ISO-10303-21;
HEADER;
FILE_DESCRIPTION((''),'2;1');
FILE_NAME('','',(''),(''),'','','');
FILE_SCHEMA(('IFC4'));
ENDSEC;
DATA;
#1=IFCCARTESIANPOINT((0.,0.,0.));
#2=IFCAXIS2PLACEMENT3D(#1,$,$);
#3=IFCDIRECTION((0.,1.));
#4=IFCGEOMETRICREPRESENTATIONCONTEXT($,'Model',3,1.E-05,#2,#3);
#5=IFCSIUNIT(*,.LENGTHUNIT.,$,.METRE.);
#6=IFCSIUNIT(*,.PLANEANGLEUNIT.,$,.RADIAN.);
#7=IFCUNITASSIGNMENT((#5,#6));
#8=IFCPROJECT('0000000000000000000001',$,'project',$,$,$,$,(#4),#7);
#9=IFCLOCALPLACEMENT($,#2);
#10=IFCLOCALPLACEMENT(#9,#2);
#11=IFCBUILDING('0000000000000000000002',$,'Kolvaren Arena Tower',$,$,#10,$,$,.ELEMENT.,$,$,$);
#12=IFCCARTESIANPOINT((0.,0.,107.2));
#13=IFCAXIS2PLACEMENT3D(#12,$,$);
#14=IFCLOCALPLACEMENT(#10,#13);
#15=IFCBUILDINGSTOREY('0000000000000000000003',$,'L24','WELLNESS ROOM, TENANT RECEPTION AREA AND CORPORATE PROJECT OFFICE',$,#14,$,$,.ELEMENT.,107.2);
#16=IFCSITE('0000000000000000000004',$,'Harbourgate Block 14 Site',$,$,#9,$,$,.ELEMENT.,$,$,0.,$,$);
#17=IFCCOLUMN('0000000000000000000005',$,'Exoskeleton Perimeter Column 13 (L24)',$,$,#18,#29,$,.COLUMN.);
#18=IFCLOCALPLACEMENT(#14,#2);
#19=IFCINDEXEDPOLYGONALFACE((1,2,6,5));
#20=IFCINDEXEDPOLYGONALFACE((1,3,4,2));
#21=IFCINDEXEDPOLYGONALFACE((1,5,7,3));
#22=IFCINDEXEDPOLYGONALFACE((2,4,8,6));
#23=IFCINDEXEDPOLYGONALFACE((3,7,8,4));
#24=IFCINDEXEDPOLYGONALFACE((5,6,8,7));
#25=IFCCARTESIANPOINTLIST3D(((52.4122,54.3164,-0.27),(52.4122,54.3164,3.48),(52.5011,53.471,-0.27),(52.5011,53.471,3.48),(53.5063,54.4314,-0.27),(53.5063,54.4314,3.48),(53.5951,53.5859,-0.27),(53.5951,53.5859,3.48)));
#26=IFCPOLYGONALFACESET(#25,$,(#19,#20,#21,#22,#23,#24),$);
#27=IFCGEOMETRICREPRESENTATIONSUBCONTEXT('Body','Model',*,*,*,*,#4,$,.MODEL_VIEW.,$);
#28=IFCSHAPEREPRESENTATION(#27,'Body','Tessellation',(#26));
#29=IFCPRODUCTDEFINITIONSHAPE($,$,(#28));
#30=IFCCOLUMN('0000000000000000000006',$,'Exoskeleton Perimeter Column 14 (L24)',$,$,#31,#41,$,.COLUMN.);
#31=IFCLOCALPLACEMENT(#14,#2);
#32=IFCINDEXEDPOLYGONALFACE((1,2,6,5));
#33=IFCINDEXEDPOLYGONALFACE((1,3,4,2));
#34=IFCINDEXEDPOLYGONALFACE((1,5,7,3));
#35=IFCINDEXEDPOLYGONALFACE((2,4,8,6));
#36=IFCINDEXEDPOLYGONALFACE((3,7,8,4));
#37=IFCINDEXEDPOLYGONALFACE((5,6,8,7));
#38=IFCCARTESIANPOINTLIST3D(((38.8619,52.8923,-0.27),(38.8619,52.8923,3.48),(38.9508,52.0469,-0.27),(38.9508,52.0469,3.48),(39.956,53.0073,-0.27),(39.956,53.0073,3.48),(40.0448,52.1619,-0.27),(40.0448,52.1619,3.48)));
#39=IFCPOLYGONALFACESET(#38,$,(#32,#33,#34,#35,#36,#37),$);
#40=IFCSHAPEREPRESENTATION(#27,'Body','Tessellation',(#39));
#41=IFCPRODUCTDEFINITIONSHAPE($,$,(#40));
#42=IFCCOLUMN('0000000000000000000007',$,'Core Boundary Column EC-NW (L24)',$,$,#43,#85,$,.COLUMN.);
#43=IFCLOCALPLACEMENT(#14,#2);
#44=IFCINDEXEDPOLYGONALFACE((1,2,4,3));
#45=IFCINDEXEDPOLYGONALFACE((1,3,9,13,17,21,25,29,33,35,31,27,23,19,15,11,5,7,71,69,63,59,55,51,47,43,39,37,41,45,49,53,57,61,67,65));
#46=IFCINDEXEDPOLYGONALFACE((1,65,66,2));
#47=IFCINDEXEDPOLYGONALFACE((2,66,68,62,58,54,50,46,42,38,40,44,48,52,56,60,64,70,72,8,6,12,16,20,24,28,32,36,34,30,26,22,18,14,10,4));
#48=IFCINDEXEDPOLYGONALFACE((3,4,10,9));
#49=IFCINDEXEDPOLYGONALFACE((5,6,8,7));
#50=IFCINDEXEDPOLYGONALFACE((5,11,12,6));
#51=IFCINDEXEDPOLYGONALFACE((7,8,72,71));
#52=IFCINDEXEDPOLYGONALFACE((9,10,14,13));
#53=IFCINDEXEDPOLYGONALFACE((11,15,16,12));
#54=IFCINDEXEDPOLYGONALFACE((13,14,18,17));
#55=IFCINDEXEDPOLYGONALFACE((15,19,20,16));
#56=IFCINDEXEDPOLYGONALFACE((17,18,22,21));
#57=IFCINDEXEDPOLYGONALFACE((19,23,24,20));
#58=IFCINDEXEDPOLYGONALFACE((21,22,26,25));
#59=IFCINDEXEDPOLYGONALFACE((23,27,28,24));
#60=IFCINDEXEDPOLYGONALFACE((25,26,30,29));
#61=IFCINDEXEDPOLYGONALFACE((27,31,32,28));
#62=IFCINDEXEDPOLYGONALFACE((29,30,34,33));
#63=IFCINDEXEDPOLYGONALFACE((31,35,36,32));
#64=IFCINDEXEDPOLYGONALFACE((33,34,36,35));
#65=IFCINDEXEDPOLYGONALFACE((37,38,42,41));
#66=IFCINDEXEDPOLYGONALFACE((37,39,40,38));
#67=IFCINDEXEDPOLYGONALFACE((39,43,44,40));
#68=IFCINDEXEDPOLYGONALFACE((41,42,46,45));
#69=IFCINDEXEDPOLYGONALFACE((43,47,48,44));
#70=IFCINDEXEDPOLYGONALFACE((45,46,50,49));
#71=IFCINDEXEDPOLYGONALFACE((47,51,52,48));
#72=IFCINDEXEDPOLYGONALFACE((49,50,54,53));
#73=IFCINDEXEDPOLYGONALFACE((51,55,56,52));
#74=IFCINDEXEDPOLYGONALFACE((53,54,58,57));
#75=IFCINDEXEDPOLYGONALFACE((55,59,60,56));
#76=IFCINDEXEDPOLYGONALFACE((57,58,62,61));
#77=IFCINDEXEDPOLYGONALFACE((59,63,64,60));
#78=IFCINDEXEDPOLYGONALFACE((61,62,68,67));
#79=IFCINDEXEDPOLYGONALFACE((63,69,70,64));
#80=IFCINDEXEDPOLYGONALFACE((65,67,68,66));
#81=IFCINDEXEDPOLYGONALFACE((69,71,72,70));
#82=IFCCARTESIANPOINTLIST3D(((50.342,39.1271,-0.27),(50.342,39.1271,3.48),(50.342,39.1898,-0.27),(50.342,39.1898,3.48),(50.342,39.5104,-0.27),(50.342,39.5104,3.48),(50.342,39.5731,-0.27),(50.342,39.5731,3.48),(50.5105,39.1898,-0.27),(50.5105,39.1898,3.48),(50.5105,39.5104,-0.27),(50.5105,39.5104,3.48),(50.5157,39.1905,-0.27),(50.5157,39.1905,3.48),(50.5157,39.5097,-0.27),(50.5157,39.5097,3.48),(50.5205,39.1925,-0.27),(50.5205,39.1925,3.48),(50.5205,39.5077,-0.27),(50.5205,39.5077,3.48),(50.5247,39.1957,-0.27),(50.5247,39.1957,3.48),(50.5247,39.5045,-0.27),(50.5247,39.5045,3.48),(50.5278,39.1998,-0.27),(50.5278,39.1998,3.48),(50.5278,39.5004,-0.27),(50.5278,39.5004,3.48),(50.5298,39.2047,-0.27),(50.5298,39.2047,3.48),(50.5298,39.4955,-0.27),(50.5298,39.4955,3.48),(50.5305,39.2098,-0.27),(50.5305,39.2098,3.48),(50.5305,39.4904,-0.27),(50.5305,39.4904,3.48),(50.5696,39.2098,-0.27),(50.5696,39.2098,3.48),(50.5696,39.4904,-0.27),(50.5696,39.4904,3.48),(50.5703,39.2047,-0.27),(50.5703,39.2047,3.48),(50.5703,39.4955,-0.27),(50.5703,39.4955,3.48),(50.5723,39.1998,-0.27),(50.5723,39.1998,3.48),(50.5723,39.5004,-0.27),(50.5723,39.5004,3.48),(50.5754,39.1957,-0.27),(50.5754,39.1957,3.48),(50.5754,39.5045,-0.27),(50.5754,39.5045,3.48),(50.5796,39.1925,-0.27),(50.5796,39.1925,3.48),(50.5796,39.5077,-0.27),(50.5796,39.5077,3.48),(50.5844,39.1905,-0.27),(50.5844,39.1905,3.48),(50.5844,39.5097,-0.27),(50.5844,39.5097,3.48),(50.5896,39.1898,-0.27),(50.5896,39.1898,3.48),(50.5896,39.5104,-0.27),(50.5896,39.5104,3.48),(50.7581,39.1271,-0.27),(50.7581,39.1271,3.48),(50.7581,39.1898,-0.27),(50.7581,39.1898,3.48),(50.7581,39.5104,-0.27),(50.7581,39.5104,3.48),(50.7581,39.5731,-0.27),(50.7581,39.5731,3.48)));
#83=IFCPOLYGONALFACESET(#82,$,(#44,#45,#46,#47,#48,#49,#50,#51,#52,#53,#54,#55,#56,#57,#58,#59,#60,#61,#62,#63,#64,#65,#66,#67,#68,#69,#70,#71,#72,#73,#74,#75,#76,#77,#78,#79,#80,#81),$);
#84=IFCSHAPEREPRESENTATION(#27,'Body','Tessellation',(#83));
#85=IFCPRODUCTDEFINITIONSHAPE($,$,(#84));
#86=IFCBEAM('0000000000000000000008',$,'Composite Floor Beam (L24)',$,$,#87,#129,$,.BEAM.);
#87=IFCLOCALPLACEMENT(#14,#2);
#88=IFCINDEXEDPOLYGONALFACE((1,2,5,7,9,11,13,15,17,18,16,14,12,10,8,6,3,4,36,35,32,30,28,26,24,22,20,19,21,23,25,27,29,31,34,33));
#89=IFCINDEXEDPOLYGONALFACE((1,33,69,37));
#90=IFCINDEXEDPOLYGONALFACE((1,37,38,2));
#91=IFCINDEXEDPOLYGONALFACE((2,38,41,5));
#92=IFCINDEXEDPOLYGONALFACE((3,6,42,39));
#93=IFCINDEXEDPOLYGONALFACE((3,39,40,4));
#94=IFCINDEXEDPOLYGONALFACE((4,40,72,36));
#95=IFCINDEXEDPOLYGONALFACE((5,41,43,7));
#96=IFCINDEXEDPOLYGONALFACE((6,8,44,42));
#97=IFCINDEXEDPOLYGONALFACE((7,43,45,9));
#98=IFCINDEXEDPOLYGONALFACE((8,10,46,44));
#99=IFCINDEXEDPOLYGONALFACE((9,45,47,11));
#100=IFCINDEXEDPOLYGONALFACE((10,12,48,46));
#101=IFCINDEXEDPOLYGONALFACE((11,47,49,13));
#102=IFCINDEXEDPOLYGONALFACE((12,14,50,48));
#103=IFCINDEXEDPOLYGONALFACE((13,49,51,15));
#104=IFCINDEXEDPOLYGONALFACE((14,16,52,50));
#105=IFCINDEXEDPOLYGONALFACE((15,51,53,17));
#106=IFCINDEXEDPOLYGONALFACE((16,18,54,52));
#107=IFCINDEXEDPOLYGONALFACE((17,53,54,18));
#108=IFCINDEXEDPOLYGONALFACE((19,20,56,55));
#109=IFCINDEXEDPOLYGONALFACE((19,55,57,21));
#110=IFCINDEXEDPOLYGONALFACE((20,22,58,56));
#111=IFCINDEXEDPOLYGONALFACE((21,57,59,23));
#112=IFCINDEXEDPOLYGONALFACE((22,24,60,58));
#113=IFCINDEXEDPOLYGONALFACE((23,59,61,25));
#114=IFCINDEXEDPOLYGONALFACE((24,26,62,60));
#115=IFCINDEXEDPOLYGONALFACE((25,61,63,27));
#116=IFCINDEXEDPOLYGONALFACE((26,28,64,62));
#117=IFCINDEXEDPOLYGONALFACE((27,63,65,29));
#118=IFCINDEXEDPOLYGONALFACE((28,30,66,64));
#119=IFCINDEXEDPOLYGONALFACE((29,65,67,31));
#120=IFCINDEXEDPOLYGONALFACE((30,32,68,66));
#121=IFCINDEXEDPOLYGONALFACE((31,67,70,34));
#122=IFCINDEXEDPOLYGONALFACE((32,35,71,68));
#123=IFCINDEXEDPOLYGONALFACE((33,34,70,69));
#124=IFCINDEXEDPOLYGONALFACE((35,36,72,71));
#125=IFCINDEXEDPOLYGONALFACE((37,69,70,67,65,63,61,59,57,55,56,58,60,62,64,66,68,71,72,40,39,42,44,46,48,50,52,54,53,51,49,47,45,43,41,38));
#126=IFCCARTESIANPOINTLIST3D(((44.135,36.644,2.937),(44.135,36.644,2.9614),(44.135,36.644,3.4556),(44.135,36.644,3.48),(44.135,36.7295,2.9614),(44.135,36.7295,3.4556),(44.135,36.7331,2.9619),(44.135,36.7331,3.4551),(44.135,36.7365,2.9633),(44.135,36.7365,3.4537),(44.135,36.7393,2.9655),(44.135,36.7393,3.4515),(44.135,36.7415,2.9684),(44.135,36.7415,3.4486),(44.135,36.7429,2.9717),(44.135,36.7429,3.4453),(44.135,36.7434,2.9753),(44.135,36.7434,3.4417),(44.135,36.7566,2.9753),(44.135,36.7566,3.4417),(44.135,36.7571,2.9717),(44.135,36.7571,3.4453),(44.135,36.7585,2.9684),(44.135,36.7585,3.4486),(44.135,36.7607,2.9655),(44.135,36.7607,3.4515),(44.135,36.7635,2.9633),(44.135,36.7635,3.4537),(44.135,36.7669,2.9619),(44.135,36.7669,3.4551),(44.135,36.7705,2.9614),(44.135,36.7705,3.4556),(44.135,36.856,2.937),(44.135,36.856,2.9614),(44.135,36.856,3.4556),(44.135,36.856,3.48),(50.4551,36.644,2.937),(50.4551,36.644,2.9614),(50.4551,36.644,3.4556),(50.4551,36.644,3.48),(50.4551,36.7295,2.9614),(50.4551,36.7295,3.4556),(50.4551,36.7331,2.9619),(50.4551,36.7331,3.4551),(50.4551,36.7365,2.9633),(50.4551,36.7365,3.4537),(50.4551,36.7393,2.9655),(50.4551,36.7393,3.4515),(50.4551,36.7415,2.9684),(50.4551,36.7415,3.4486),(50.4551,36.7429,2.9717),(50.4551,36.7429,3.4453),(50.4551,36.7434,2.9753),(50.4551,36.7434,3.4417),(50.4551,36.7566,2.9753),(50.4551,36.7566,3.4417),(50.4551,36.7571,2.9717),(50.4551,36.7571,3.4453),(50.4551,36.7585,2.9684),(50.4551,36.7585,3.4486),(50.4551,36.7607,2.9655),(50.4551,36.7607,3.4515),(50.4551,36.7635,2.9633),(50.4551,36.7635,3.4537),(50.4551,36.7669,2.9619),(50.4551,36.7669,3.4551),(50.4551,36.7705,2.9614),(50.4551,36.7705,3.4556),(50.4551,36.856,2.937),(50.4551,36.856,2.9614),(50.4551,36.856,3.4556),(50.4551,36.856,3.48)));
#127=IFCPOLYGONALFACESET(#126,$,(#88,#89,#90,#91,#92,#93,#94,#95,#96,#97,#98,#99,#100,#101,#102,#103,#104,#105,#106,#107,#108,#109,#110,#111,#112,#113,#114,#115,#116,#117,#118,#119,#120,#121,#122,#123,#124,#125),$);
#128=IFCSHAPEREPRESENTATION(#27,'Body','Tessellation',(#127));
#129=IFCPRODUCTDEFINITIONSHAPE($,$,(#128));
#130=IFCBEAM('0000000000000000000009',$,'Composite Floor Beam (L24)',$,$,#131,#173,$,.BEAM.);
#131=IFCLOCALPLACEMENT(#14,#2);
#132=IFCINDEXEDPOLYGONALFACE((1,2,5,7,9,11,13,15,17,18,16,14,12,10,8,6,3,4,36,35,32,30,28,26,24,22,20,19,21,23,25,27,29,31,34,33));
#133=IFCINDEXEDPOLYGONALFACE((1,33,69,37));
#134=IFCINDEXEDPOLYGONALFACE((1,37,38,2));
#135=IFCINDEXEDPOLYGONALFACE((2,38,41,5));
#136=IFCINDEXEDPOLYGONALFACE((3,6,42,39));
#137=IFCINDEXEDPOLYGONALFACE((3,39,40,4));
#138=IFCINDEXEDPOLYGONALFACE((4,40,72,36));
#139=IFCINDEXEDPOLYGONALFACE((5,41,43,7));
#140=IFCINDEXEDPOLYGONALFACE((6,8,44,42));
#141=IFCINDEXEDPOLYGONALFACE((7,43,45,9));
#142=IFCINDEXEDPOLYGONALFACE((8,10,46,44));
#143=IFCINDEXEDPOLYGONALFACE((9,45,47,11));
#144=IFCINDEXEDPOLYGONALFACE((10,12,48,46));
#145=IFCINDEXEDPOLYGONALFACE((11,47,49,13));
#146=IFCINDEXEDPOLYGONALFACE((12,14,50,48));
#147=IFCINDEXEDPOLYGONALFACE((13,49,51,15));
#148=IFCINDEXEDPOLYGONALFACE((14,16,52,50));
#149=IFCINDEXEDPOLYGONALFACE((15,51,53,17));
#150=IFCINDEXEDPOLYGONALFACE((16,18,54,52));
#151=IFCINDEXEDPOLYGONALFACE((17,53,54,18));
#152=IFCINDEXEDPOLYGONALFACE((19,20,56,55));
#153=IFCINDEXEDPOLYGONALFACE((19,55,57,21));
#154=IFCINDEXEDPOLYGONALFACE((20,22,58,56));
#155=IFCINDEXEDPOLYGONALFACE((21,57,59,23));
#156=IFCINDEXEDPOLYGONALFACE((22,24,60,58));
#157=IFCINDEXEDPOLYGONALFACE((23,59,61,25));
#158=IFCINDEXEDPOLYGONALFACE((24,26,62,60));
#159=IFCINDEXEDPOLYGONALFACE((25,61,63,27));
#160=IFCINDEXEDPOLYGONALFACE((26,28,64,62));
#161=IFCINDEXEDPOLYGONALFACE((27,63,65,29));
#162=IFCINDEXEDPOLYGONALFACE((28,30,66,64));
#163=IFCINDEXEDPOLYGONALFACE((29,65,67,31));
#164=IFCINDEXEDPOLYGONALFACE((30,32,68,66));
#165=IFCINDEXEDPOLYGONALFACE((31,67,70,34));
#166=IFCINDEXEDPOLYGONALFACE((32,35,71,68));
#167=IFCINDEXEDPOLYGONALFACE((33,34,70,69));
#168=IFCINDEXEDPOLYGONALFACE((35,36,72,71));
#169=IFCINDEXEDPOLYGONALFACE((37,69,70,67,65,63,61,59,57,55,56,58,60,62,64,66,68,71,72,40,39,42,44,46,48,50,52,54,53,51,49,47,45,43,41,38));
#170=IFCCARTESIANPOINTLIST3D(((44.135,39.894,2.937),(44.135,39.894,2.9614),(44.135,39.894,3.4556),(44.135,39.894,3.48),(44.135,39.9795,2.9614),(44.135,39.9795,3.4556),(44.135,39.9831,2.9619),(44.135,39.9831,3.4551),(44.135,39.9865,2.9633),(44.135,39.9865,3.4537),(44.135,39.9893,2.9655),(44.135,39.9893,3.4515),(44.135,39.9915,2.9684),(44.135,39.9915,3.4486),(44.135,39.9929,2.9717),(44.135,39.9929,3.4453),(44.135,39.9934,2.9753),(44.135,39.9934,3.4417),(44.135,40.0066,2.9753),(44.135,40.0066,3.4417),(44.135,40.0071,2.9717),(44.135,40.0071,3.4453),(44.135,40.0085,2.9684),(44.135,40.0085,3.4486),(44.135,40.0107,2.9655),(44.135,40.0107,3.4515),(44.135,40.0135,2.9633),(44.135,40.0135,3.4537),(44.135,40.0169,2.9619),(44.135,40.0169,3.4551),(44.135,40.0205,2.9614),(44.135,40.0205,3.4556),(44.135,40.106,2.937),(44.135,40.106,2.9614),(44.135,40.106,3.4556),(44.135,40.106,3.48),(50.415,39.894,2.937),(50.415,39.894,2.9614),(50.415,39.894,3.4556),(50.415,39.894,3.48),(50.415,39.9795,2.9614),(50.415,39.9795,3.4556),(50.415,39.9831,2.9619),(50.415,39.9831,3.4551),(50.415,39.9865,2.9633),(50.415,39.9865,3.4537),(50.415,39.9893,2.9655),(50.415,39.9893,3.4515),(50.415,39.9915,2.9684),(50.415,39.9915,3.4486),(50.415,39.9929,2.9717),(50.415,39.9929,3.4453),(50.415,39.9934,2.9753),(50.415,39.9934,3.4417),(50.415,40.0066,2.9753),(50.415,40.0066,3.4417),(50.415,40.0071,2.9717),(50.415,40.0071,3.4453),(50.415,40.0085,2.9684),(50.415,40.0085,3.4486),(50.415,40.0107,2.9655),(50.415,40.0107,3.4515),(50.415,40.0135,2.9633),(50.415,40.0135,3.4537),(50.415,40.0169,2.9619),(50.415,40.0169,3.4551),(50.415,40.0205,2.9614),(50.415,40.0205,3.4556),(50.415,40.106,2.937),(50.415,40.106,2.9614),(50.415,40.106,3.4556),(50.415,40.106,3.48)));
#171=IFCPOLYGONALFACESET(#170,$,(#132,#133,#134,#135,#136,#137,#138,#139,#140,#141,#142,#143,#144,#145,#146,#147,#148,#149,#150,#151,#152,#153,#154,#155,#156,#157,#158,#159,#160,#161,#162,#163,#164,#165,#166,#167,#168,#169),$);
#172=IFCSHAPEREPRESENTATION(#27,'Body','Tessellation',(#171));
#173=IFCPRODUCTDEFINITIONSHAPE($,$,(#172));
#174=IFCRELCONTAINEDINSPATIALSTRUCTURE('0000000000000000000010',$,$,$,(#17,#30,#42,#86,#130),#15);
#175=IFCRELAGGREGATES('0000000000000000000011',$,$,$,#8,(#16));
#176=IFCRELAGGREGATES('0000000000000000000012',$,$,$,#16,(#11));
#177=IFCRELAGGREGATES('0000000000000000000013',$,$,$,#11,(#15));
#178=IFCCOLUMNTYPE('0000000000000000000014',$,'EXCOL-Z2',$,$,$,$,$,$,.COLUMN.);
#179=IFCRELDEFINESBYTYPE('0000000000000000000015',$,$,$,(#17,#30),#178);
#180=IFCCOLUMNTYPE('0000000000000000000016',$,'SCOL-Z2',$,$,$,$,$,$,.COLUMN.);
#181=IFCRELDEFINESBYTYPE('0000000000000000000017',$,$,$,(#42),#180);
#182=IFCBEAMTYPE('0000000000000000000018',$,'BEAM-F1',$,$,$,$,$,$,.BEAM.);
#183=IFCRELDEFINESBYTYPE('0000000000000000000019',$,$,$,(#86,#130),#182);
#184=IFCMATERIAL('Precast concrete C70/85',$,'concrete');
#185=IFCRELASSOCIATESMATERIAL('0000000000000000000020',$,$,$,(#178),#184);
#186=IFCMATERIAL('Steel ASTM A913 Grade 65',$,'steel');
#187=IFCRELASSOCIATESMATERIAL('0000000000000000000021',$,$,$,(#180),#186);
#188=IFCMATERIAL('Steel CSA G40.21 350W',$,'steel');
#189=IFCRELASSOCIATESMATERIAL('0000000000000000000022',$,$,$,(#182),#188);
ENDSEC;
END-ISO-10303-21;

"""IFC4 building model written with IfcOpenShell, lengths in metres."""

from ifc_helpers import new_model, si_unit, direction, frame, origin, origin_2d, place, context, subcontext, project, spatial, rectangle, i_section, extrude, material, material_profile, profile_set, type_object, element, save


model = new_model("IFC4")

# Units and contexts
model_context = context("Model", 3, precision=1e-05, world=origin(), true_north=direction((0.0, 1.0)))
body_context = subcontext(model_context, "Body", "Model", "MODEL_VIEW")
ifc_project = project(units=[si_unit("LENGTHUNIT", "METRE"), si_unit("PLANEANGLEUNIT", "RADIAN")], contexts=[model_context])

# Site, building, storey
site_placement = place(None, origin())
site = spatial("IfcSite", under=ifc_project, at=site_placement, Name="Harbourgate Block 14 Site", CompositionType="ELEMENT", RefElevation=0.0)
building_placement = place(site_placement, origin())
building = spatial("IfcBuilding", under=site, at=building_placement, Name="Kolvaren Arena Tower", CompositionType="ELEMENT")
storey_placement = place(building_placement, frame((0.0, 0.0, 107.2)))
storey = spatial("IfcBuildingStorey", under=building, at=storey_placement, Name="L24", Description="WELLNESS ROOM, TENANT RECEPTION AREA AND CORPORATE PROJECT OFFICE", CompositionType="ELEMENT", Elevation=107.2)

# Columns
ifc_material_1 = material(Name="Precast concrete C70/85", Category="concrete")
ifc_material_profile_1 = material_profile(ifc_material_1, rectangle(XDim=1.1001, YDim=0.8501, at=origin_2d()), Name="RC-1100x850")
ifc_profile_set_1 = profile_set([ifc_material_profile_1], Name="Precast concrete C70/85")
column_type_1 = type_object("IfcColumnType", Name="EXCOL-Z2", PredefinedType="COLUMN", material=ifc_profile_set_1)
for number, where, z_axis, x_axis, name in (
    (1, (53.0037, 53.9512, -0.27), (0.0, 0.0, 1.0), (0.994522, 0.104528, 0.0), "Exoskeleton Perimeter Column 13 (L24)"),
    (2, (39.4534, 52.5271, -0.27), (0.0, 0.0, 1.0), (0.994522, 0.104528, 0.0), "Exoskeleton Perimeter Column 14 (L24)"),
):
    element("IfcColumn", number, at=place(storey_placement, frame(where, z_axis=z_axis, x_axis=x_axis)), inside=storey, type_object=column_type_1, Name=name, PredefinedType="COLUMN", context=body_context, shape_type="SweptSolid", body=[
        extrude(rectangle(XDim=1.1001, YDim=0.8501, at=origin_2d()), origin(), (0.0, 0.0, 1.0), 3.75),
    ])
ifc_material_2 = material(Name="Steel ASTM A913 Grade 65", Category="steel")
ifc_material_profile_2 = material_profile(ifc_material_2, i_section(OverallWidth=0.416, OverallDepth=0.446, WebThickness=0.0391, FlangeThickness=0.0627, FilletRadius=0.02, at=origin_2d()), Name="W360x509")
ifc_profile_set_2 = profile_set([ifc_material_profile_2], Name="Steel ASTM A913 Grade 65")
column_type_2 = type_object("IfcColumnType", Name="SCOL-Z2", PredefinedType="COLUMN", material=ifc_profile_set_2)
column_placement = place(storey_placement, frame((50.55, 39.3501, -0.27), z_axis=(0.0, 0.0, 1.0), x_axis=(1.0, 0.0, 0.0)))
element("IfcColumn", 3, at=column_placement, inside=storey, type_object=column_type_2, Name="Core Boundary Column EC-NW (L24)", PredefinedType="COLUMN", context=body_context, shape_type="SweptSolid", body=[
    extrude(i_section(OverallWidth=0.416, OverallDepth=0.446, WebThickness=0.0391, FlangeThickness=0.0627, FilletRadius=0.02, at=origin_2d()), origin(), (0.0, 0.0, 1.0), 3.75),
])

# Beams
ifc_material_3 = material(Name="Steel CSA G40.21 350W", Category="steel")
ifc_material_profile_3 = material_profile(ifc_material_3, i_section(OverallWidth=0.2119, OverallDepth=0.543, WebThickness=0.0132, FlangeThickness=0.0244, FilletRadius=0.0139, at=origin_2d()), Name="W530x150")
ifc_profile_set_3 = profile_set([ifc_material_profile_3], Name="Steel CSA G40.21 350W")
beam_type_1 = type_object("IfcBeamType", Name="BEAM-F1", PredefinedType="BEAM", material=ifc_profile_set_3)
beam_1_placement = place(storey_placement, frame((44.135, 36.75, 3.2085), z_axis=(1.0, 0.0, 0.0), x_axis=(0.0, 1.0, 0.0)))
element("IfcBeam", 4, at=beam_1_placement, inside=storey, type_object=beam_type_1, Name="Composite Floor Beam (L24)", PredefinedType="BEAM", context=body_context, shape_type="SweptSolid", body=[
    extrude(i_section(OverallWidth=0.2119, OverallDepth=0.543, WebThickness=0.0132, FlangeThickness=0.0244, FilletRadius=0.0139, at=origin_2d()), origin(), (0.0, 0.0, 1.0), 6.3201),
])
beam_2_placement = place(storey_placement, frame((44.135, 40.0, 3.2085), z_axis=(1.0, 0.0, 0.0), x_axis=(0.0, 1.0, 0.0)))
element("IfcBeam", 5, at=beam_2_placement, inside=storey, type_object=beam_type_1, Name="Composite Floor Beam (L24)", PredefinedType="BEAM", context=body_context, shape_type="SweptSolid", body=[
    extrude(i_section(OverallWidth=0.2119, OverallDepth=0.543, WebThickness=0.0132, FlangeThickness=0.0244, FilletRadius=0.0139, at=origin_2d()), origin(), (0.0, 0.0, 1.0), 6.28),
])

save(model, "model.ifc")
